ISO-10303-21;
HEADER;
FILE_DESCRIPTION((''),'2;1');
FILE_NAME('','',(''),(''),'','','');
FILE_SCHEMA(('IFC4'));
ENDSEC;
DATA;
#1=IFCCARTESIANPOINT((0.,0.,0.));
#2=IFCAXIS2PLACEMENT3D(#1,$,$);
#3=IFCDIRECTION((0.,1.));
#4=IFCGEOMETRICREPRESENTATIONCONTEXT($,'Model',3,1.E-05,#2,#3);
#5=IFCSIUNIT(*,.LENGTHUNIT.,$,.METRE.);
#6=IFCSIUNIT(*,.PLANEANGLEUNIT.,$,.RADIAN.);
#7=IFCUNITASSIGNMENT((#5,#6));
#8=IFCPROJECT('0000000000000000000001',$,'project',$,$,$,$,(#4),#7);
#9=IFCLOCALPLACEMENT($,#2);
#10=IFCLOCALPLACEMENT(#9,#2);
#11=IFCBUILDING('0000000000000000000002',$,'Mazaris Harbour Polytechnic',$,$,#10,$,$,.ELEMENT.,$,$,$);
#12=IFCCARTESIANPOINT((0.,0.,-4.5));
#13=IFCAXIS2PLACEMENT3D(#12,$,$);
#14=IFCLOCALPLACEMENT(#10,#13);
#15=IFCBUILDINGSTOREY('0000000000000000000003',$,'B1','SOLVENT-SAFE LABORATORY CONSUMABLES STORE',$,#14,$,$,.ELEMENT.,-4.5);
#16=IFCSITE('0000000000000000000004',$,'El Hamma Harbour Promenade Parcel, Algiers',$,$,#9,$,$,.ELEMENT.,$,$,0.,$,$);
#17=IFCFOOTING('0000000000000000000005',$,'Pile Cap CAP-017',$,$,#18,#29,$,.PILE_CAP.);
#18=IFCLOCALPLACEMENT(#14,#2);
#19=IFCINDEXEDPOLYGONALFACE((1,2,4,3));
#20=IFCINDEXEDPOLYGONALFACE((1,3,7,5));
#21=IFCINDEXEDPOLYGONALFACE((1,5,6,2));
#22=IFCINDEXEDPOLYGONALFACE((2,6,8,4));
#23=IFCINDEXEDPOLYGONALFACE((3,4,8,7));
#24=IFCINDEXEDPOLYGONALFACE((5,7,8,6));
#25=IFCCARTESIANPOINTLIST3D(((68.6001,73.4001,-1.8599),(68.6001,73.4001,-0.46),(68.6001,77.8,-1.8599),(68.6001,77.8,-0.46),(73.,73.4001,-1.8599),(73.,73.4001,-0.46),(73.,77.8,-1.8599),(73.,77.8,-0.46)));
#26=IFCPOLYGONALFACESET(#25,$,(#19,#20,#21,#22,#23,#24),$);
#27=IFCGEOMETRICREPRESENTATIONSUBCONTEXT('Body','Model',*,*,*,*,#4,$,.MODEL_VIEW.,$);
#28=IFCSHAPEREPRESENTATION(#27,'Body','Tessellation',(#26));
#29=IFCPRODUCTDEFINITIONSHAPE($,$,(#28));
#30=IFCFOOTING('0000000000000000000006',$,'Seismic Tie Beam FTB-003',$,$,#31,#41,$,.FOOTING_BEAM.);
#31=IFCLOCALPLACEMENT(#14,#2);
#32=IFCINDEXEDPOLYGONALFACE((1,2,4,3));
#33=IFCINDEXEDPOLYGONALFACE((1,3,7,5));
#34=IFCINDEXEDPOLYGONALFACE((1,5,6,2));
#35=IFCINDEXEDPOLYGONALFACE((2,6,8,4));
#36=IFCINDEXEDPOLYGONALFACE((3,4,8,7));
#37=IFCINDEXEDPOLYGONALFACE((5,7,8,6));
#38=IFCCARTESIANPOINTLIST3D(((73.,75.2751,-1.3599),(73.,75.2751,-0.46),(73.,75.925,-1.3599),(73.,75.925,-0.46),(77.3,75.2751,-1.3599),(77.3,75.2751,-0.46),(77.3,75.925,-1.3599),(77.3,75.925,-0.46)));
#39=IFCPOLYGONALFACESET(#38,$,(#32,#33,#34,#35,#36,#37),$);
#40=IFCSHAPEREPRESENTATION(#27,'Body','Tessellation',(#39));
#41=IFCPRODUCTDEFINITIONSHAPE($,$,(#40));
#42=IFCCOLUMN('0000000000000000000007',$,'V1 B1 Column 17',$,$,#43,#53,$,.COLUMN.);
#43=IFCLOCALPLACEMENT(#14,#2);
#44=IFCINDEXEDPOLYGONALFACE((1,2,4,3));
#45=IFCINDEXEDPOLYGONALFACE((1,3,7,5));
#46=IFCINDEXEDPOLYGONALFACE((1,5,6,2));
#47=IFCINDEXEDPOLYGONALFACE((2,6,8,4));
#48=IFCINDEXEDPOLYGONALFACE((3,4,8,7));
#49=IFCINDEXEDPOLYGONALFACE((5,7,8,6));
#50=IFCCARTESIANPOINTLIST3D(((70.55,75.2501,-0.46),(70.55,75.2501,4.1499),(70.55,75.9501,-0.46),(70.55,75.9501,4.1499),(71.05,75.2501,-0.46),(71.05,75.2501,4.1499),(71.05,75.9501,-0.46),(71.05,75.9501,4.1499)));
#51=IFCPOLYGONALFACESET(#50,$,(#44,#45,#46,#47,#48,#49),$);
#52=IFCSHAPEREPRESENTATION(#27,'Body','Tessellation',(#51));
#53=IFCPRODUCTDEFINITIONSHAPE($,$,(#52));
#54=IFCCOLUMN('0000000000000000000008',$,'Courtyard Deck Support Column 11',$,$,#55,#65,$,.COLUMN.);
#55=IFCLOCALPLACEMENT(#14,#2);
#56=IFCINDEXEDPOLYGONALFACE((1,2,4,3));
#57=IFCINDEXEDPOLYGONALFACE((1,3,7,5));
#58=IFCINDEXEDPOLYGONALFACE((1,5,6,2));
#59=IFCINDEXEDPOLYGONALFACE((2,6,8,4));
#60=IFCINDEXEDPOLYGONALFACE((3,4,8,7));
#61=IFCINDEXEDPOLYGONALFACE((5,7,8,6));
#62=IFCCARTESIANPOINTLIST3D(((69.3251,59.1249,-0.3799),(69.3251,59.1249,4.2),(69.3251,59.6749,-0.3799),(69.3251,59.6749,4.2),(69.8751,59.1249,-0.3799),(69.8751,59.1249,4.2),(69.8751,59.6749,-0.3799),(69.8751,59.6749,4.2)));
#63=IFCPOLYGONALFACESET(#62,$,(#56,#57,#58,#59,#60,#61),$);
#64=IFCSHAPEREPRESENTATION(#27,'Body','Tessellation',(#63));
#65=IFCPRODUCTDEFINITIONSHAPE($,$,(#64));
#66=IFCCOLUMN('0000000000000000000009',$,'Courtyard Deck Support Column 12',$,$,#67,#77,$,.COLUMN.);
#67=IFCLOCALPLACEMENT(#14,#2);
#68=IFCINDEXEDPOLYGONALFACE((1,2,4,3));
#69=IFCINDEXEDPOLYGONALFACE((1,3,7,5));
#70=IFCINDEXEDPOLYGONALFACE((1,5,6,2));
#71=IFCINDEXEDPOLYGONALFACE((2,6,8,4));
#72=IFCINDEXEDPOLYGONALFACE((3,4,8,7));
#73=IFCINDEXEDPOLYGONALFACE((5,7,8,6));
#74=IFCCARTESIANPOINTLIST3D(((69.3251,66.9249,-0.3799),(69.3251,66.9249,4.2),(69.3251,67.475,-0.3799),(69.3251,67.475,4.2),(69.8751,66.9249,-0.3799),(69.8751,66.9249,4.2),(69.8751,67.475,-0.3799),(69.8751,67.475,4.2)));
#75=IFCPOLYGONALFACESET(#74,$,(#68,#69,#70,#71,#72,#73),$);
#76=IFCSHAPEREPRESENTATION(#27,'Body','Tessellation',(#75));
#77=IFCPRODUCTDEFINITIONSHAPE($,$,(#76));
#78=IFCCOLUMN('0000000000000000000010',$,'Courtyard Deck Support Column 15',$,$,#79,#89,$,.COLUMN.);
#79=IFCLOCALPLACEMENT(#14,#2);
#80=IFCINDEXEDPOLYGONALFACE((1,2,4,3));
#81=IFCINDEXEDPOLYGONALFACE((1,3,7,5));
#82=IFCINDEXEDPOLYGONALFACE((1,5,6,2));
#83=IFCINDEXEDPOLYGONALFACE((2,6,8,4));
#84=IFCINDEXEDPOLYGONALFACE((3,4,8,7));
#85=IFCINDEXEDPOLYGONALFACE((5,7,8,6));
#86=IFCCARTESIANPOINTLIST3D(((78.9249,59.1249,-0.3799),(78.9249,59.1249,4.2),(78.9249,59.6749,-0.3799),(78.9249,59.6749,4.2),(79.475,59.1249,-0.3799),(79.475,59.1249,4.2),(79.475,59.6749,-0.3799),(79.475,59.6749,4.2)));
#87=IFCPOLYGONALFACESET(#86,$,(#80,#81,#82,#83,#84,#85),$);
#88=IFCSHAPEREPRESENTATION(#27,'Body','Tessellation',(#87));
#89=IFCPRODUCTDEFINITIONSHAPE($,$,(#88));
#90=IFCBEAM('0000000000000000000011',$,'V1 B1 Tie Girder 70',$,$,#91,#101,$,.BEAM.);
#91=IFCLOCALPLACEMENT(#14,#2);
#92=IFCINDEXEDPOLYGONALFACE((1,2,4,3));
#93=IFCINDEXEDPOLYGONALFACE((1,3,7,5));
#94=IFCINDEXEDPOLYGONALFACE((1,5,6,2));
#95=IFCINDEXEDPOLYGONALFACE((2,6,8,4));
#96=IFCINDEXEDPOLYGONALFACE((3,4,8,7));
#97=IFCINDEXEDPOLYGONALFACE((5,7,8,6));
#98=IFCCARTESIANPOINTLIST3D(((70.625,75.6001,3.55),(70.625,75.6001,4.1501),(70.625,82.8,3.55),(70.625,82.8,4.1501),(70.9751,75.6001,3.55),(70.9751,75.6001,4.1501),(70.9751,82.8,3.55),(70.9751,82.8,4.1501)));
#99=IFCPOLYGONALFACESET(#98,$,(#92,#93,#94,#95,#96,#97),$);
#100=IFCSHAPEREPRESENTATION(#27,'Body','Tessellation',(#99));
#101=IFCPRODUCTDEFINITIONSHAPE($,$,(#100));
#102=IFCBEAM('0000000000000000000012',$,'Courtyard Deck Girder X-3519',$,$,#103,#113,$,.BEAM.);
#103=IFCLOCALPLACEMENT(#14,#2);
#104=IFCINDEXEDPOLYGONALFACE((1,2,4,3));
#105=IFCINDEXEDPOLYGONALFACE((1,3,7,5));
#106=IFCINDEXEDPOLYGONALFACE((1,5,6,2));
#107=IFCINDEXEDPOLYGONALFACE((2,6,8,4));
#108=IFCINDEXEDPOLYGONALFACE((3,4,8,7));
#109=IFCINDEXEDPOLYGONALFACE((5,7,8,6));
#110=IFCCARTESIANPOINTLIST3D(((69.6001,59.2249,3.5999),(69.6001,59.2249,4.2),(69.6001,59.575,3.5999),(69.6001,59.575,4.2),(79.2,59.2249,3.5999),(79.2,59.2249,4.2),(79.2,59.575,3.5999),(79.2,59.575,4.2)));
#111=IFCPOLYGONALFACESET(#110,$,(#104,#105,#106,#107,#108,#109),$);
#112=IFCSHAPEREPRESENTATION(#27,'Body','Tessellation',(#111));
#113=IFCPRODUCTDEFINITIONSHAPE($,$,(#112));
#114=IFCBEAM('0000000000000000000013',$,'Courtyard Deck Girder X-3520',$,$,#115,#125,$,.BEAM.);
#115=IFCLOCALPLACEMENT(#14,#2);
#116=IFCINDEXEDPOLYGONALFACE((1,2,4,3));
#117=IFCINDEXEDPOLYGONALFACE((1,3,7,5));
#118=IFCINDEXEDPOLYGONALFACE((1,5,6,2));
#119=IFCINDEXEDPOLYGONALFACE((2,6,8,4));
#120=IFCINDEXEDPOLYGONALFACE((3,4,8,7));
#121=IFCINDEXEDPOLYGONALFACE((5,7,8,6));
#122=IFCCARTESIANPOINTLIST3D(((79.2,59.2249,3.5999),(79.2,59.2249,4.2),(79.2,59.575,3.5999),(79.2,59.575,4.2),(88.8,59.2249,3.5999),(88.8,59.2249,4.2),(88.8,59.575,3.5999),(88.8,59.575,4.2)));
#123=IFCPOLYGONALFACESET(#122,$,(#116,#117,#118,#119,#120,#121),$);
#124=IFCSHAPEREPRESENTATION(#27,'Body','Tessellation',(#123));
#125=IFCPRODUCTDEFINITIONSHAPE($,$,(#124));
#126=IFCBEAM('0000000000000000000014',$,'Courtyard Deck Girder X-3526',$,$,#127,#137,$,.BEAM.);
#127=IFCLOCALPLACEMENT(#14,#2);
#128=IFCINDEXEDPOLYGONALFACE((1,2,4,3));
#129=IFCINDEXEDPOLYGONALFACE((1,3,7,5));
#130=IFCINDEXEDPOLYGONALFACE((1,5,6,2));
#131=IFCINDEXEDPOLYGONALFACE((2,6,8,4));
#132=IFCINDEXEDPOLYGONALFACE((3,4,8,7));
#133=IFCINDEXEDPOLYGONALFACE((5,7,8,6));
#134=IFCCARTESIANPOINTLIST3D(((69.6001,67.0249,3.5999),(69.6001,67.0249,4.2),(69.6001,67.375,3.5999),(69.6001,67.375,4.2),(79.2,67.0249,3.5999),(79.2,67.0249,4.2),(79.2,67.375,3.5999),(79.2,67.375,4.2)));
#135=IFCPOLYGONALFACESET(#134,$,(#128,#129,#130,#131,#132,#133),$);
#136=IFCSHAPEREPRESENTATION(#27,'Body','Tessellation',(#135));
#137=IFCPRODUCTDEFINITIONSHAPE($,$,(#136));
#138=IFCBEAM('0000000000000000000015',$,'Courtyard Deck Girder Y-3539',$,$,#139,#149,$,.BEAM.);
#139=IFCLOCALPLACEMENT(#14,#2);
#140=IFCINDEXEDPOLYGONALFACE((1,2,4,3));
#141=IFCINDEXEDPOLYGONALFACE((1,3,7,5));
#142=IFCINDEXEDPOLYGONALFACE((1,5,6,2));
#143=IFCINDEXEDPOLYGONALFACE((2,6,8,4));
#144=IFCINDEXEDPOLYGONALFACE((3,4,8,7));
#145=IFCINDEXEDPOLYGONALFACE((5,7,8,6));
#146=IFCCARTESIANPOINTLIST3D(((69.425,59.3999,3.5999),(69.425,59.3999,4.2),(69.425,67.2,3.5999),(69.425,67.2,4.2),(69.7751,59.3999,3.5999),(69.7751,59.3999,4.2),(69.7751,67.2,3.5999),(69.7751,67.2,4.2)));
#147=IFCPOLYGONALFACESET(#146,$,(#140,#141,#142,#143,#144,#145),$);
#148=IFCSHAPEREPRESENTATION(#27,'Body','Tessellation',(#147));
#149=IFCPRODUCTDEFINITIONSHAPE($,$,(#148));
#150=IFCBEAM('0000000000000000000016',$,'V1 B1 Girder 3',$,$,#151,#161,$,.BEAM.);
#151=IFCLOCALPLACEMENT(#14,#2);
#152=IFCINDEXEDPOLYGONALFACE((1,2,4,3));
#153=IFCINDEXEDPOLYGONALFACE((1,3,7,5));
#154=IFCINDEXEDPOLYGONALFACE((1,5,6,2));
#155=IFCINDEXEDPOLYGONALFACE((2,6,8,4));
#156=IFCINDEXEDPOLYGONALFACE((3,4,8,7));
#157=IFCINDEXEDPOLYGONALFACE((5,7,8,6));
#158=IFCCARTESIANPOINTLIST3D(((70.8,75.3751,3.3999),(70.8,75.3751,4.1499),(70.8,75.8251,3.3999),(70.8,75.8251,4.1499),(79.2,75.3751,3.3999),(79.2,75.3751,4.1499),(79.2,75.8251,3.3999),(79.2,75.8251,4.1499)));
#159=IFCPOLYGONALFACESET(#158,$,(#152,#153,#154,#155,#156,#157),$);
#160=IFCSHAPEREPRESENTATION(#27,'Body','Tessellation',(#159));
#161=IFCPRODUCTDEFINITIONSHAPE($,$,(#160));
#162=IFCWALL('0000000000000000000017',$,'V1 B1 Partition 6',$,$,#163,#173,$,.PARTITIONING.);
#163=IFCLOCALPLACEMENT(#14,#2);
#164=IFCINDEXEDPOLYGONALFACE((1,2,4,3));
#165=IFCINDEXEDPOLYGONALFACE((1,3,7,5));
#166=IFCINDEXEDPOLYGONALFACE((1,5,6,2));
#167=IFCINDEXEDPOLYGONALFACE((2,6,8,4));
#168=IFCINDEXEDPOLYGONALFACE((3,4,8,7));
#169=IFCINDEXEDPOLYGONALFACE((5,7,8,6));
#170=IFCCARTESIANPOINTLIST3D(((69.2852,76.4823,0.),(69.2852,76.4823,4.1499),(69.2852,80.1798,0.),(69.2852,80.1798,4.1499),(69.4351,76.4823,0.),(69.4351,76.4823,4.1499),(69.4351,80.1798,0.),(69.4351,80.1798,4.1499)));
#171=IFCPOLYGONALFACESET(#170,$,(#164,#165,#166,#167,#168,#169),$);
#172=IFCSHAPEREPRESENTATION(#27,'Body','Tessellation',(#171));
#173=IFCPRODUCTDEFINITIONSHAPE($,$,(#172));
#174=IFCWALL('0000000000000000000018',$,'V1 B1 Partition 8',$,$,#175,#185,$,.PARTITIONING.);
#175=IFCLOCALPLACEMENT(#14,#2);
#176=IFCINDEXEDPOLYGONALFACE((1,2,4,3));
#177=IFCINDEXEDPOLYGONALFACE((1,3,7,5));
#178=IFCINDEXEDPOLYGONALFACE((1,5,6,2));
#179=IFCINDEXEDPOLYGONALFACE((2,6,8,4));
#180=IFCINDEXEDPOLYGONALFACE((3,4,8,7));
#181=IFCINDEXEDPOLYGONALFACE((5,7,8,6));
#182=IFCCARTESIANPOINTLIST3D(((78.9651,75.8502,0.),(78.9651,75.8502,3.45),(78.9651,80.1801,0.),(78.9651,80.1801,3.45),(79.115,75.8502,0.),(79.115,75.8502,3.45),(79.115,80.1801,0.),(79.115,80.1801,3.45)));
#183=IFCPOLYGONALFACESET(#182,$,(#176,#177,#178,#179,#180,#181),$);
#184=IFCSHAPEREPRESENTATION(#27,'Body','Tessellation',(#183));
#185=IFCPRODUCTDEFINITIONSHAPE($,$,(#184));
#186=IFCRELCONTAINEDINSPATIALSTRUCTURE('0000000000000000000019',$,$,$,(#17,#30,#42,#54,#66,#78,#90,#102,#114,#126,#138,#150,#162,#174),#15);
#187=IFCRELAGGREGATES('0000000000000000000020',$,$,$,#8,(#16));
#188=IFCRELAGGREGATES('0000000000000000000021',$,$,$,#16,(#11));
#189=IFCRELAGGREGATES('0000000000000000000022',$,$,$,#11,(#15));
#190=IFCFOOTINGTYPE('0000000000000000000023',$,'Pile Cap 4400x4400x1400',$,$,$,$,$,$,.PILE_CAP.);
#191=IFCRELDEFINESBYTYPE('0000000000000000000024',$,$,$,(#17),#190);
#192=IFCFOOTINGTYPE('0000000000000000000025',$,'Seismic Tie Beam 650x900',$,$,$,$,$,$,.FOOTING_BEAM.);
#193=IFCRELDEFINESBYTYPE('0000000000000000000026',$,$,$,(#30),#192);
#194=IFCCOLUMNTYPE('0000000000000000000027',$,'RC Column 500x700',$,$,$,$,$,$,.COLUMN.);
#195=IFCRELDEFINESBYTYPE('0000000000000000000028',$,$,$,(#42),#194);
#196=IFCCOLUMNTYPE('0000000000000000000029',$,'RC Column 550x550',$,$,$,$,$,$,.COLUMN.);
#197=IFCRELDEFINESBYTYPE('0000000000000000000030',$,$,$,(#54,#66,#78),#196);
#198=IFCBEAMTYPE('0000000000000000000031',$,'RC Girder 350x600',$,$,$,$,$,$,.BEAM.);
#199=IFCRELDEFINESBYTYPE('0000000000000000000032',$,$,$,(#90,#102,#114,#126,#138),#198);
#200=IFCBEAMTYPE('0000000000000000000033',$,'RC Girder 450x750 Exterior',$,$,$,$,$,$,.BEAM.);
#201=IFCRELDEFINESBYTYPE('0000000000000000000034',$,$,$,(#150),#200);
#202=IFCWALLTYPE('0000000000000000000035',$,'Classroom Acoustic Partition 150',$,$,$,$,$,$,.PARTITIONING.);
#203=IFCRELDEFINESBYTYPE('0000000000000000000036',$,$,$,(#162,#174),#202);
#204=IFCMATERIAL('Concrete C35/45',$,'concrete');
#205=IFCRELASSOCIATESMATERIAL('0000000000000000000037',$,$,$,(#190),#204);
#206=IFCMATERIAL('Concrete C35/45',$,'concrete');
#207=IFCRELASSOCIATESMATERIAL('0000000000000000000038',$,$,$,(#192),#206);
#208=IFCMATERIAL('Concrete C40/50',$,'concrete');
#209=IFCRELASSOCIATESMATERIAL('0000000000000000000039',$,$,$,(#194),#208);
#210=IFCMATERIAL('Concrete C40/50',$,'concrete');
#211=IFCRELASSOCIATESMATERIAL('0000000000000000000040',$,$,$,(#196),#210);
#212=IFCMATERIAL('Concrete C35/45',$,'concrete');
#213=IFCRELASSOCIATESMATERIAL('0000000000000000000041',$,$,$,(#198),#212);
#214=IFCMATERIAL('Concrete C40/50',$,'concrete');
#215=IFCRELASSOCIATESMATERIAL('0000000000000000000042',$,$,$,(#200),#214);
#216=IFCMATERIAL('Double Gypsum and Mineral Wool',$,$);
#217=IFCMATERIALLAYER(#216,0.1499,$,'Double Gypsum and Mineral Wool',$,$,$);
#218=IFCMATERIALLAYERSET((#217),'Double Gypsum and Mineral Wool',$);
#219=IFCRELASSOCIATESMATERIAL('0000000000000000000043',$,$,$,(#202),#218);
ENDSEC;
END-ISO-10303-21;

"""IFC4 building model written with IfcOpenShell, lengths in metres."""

from ifc_helpers import new_model, si_unit, direction, frame, frame_2d, origin, origin_2d, place, context, subcontext, project, spatial, rectangle, extrude, material, layer, layer_set, material_profile, profile_set, type_object, element, save


model = new_model("IFC4")

# Units and contexts
model_context = context("Model", 3, precision=1e-05, world=origin(), true_north=direction((0.0, 1.0)))
body_context = subcontext(model_context, "Body", "Model", "MODEL_VIEW")
ifc_project = project(units=[si_unit("LENGTHUNIT", "METRE"), si_unit("PLANEANGLEUNIT", "RADIAN")], contexts=[model_context])

# Site, building, storey
site_placement = place(None, origin())
site = spatial("IfcSite", under=ifc_project, at=site_placement, Name="El Hamma Harbour Promenade Parcel, Algiers", CompositionType="ELEMENT", RefElevation=0.0)
building_placement = place(site_placement, origin())
building = spatial("IfcBuilding", under=site, at=building_placement, Name="Mazaris Harbour Polytechnic", CompositionType="ELEMENT")
storey_placement = place(building_placement, frame((0.0, 0.0, -4.5)))
storey = spatial("IfcBuildingStorey", under=building, at=storey_placement, Name="B1", Description="SOLVENT-SAFE LABORATORY CONSUMABLES STORE", CompositionType="ELEMENT", Elevation=-4.5)

# Footings
ifc_material_1 = material(Name="Concrete C35/45", Category="concrete")
footing_type_1 = type_object("IfcFootingType", Name="Pile Cap 4400x4400x1400", PredefinedType="PILE_CAP", material=ifc_material_1)
footing_1_placement = place(storey_placement, frame((70.8, 75.6001, -1.8599), z_axis=(0.0, 0.0, 1.0), x_axis=(1.0, 0.0, 0.0)))
element("IfcFooting", 1, at=footing_1_placement, inside=storey, type_object=footing_type_1, Name="Pile Cap CAP-017", PredefinedType="PILE_CAP", context=body_context, shape_type="SweptSolid", body=[
    extrude(rectangle(XDim=4.3999, YDim=4.3999, at=origin_2d()), origin(), (0.0, 0.0, 1.0), 1.3999),
])
ifc_material_2 = material(Name="Concrete C35/45", Category="concrete")
ifc_material_profile_1 = material_profile(ifc_material_2, rectangle(XDim=0.6499, YDim=0.8999, at=origin_2d()), Name="RECT650x900")
ifc_profile_set_1 = profile_set([ifc_material_profile_1], Name="Concrete C35/45")
footing_type_2 = type_object("IfcFootingType", Name="Seismic Tie Beam 650x900", PredefinedType="FOOTING_BEAM", material=ifc_profile_set_1)
footing_2_placement = place(storey_placement, frame((73.0, 75.6001, -0.9099), z_axis=(1.0, 0.0, 0.0), x_axis=(0.0, 1.0, 0.0)))
element("IfcFooting", 2, at=footing_2_placement, inside=storey, type_object=footing_type_2, Name="Seismic Tie Beam FTB-003", PredefinedType="FOOTING_BEAM", context=body_context, shape_type="SweptSolid", body=[
    extrude(rectangle(XDim=0.6499, YDim=0.8999, at=origin_2d()), origin(), (0.0, 0.0, 1.0), 4.3),
])

# Columns
ifc_material_3 = material(Name="Concrete C40/50", Category="concrete")
ifc_material_profile_2 = material_profile(ifc_material_3, rectangle(XDim=0.5, YDim=0.7, at=origin_2d()), Name="RECT500x700")
ifc_profile_set_2 = profile_set([ifc_material_profile_2], Name="Concrete C40/50")
column_type_1 = type_object("IfcColumnType", Name="RC Column 500x700", PredefinedType="COLUMN", material=ifc_profile_set_2)
column_placement = place(storey_placement, frame((70.8, 75.6001, -0.46), z_axis=(0.0, 0.0, 1.0), x_axis=(1.0, 0.0, 0.0)))
element("IfcColumn", 3, at=column_placement, inside=storey, type_object=column_type_1, Name="V1 B1 Column 17", PredefinedType="COLUMN", context=body_context, shape_type="SweptSolid", body=[
    extrude(rectangle(XDim=0.5, YDim=0.7, at=origin_2d()), origin(), (0.0, 0.0, 1.0), 4.6099),
])
ifc_material_4 = material(Name="Concrete C40/50", Category="concrete")
ifc_material_profile_3 = material_profile(ifc_material_4, rectangle(XDim=0.55, YDim=0.55, at=origin_2d()), Name="RECT550x550")
ifc_profile_set_3 = profile_set([ifc_material_profile_3], Name="Concrete C40/50")
column_type_2 = type_object("IfcColumnType", Name="RC Column 550x550", PredefinedType="COLUMN", material=ifc_profile_set_3)
for number, where, z_axis, x_axis, name in (
    (4, (69.6001, 59.3999, -0.3799), (0.0, 0.0, 1.0), (1.0, 0.0, 0.0), "Courtyard Deck Support Column 11"),
    (5, (69.6001, 67.2, -0.3799), (0.0, 0.0, 1.0), (1.0, 0.0, 0.0), "Courtyard Deck Support Column 12"),
    (6, (79.2, 59.3999, -0.3799), (0.0, 0.0, 1.0), (1.0, 0.0, 0.0), "Courtyard Deck Support Column 15"),
):
    element("IfcColumn", number, at=place(storey_placement, frame(where, z_axis=z_axis, x_axis=x_axis)), inside=storey, type_object=column_type_2, Name=name, PredefinedType="COLUMN", context=body_context, shape_type="SweptSolid", body=[
        extrude(rectangle(XDim=0.55, YDim=0.55, at=origin_2d()), origin(), (0.0, 0.0, 1.0), 4.5798),
    ])

# Beams
ifc_material_5 = material(Name="Concrete C35/45", Category="concrete")
ifc_material_profile_4 = material_profile(ifc_material_5, rectangle(XDim=0.3501, YDim=0.6001, at=origin_2d()), Name="RECT350x600")
ifc_profile_set_4 = profile_set([ifc_material_profile_4], Name="Concrete C35/45")
beam_type_1 = type_object("IfcBeamType", Name="RC Girder 350x600", PredefinedType="BEAM", material=ifc_profile_set_4)
beam_1_placement = place(storey_placement, frame((70.8, 75.6001, 3.8501), z_axis=(0.0, 1.0, 0.0), x_axis=(-1.0, 0.0, 0.0)))
element("IfcBeam", 7, at=beam_1_placement, inside=storey, type_object=beam_type_1, Name="V1 B1 Tie Girder 70", PredefinedType="BEAM", context=body_context, shape_type="SweptSolid", body=[
    extrude(rectangle(XDim=0.3501, YDim=0.6001, at=origin_2d()), origin(), (0.0, 0.0, 1.0), 7.2),
])
beam_2_placement = place(storey_placement, frame((69.6001, 59.3999, 3.8999), z_axis=(1.0, 0.0, 0.0), x_axis=(0.0, 1.0, 0.0)))
element("IfcBeam", 8, at=beam_2_placement, inside=storey, type_object=beam_type_1, Name="Courtyard Deck Girder X-3519", PredefinedType="BEAM", context=body_context, shape_type="SweptSolid", body=[
    extrude(rectangle(XDim=0.3501, YDim=0.6001, at=origin_2d()), origin(), (0.0, 0.0, 1.0), 9.5999),
])
beam_3_placement = place(storey_placement, frame((79.2, 59.3999, 3.8999), z_axis=(1.0, 0.0, 0.0), x_axis=(0.0, 1.0, 0.0)))
element("IfcBeam", 9, at=beam_3_placement, inside=storey, type_object=beam_type_1, Name="Courtyard Deck Girder X-3520", PredefinedType="BEAM", context=body_context, shape_type="SweptSolid", body=[
    extrude(rectangle(XDim=0.3501, YDim=0.6001, at=origin_2d()), origin(), (0.0, 0.0, 1.0), 9.6001),
])
beam_4_placement = place(storey_placement, frame((69.6001, 67.2, 3.8999), z_axis=(1.0, 0.0, 0.0), x_axis=(0.0, 1.0, 0.0)))
element("IfcBeam", 10, at=beam_4_placement, inside=storey, type_object=beam_type_1, Name="Courtyard Deck Girder X-3526", PredefinedType="BEAM", context=body_context, shape_type="SweptSolid", body=[
    extrude(rectangle(XDim=0.3501, YDim=0.6001, at=origin_2d()), origin(), (0.0, 0.0, 1.0), 9.5999),
])
beam_5_placement = place(storey_placement, frame((69.6001, 59.3999, 3.8999), z_axis=(0.0, 1.0, 0.0), x_axis=(-1.0, 0.0, 0.0)))
element("IfcBeam", 11, at=beam_5_placement, inside=storey, type_object=beam_type_1, Name="Courtyard Deck Girder Y-3539", PredefinedType="BEAM", context=body_context, shape_type="SweptSolid", body=[
    extrude(rectangle(XDim=0.3501, YDim=0.6001, at=origin_2d()), origin(), (0.0, 0.0, 1.0), 7.8),
])
ifc_material_6 = material(Name="Concrete C40/50", Category="concrete")
ifc_material_profile_5 = material_profile(ifc_material_6, rectangle(XDim=0.45, YDim=0.75, at=origin_2d()), Name="RECT450x750")
ifc_profile_set_5 = profile_set([ifc_material_profile_5], Name="Concrete C40/50")
beam_type_2 = type_object("IfcBeamType", Name="RC Girder 450x750 Exterior", PredefinedType="BEAM", material=ifc_profile_set_5)
beam_6_placement = place(storey_placement, frame((70.8, 75.6001, 3.7749), z_axis=(1.0, 0.0, 0.0), x_axis=(0.0, 1.0, 0.0)))
element("IfcBeam", 12, at=beam_6_placement, inside=storey, type_object=beam_type_2, Name="V1 B1 Girder 3", PredefinedType="BEAM", context=body_context, shape_type="SweptSolid", body=[
    extrude(rectangle(XDim=0.45, YDim=0.75, at=origin_2d()), origin(), (0.0, 0.0, 1.0), 8.3999),
])

# Walls
ifc_material_7 = material(Name="Double Gypsum and Mineral Wool")
ifc_layer_1 = layer(ifc_material_7, 0.1499, Name="Double Gypsum and Mineral Wool")
ifc_layer_set_1 = layer_set([ifc_layer_1], Name="Double Gypsum and Mineral Wool")
wall_type_1 = type_object("IfcWallType", Name="Classroom Acoustic Partition 150", PredefinedType="PARTITIONING", material=ifc_layer_set_1)
wall_1_placement = place(storey_placement, frame((69.3601, 76.4824, 0.0), z_axis=(0.0, 0.0, 1.0), x_axis=(0.0, 1.0, 0.0)))
element("IfcWall", 13, at=wall_1_placement, inside=storey, type_object=wall_type_1, Name="V1 B1 Partition 6", PredefinedType="PARTITIONING", context=body_context, shape_type="SweptSolid", body=[
    extrude(rectangle(XDim=3.6975, YDim=0.1499, at=frame_2d((1.8486, 0.0))), origin(), (0.0, 0.0, 1.0), 4.1499),
])
wall_2_placement = place(storey_placement, frame((79.04, 75.8501, 0.0), z_axis=(0.0, 0.0, 1.0), x_axis=(0.0, 1.0, 0.0)))
element("IfcWall", 14, at=wall_2_placement, inside=storey, type_object=wall_type_1, Name="V1 B1 Partition 8", PredefinedType="PARTITIONING", context=body_context, shape_type="SweptSolid", body=[
    extrude(rectangle(XDim=4.3298, YDim=0.1499, at=frame_2d((2.165, 0.0))), origin(), (0.0, 0.0, 1.0), 3.45),
])

save(model, "model.ifc")
